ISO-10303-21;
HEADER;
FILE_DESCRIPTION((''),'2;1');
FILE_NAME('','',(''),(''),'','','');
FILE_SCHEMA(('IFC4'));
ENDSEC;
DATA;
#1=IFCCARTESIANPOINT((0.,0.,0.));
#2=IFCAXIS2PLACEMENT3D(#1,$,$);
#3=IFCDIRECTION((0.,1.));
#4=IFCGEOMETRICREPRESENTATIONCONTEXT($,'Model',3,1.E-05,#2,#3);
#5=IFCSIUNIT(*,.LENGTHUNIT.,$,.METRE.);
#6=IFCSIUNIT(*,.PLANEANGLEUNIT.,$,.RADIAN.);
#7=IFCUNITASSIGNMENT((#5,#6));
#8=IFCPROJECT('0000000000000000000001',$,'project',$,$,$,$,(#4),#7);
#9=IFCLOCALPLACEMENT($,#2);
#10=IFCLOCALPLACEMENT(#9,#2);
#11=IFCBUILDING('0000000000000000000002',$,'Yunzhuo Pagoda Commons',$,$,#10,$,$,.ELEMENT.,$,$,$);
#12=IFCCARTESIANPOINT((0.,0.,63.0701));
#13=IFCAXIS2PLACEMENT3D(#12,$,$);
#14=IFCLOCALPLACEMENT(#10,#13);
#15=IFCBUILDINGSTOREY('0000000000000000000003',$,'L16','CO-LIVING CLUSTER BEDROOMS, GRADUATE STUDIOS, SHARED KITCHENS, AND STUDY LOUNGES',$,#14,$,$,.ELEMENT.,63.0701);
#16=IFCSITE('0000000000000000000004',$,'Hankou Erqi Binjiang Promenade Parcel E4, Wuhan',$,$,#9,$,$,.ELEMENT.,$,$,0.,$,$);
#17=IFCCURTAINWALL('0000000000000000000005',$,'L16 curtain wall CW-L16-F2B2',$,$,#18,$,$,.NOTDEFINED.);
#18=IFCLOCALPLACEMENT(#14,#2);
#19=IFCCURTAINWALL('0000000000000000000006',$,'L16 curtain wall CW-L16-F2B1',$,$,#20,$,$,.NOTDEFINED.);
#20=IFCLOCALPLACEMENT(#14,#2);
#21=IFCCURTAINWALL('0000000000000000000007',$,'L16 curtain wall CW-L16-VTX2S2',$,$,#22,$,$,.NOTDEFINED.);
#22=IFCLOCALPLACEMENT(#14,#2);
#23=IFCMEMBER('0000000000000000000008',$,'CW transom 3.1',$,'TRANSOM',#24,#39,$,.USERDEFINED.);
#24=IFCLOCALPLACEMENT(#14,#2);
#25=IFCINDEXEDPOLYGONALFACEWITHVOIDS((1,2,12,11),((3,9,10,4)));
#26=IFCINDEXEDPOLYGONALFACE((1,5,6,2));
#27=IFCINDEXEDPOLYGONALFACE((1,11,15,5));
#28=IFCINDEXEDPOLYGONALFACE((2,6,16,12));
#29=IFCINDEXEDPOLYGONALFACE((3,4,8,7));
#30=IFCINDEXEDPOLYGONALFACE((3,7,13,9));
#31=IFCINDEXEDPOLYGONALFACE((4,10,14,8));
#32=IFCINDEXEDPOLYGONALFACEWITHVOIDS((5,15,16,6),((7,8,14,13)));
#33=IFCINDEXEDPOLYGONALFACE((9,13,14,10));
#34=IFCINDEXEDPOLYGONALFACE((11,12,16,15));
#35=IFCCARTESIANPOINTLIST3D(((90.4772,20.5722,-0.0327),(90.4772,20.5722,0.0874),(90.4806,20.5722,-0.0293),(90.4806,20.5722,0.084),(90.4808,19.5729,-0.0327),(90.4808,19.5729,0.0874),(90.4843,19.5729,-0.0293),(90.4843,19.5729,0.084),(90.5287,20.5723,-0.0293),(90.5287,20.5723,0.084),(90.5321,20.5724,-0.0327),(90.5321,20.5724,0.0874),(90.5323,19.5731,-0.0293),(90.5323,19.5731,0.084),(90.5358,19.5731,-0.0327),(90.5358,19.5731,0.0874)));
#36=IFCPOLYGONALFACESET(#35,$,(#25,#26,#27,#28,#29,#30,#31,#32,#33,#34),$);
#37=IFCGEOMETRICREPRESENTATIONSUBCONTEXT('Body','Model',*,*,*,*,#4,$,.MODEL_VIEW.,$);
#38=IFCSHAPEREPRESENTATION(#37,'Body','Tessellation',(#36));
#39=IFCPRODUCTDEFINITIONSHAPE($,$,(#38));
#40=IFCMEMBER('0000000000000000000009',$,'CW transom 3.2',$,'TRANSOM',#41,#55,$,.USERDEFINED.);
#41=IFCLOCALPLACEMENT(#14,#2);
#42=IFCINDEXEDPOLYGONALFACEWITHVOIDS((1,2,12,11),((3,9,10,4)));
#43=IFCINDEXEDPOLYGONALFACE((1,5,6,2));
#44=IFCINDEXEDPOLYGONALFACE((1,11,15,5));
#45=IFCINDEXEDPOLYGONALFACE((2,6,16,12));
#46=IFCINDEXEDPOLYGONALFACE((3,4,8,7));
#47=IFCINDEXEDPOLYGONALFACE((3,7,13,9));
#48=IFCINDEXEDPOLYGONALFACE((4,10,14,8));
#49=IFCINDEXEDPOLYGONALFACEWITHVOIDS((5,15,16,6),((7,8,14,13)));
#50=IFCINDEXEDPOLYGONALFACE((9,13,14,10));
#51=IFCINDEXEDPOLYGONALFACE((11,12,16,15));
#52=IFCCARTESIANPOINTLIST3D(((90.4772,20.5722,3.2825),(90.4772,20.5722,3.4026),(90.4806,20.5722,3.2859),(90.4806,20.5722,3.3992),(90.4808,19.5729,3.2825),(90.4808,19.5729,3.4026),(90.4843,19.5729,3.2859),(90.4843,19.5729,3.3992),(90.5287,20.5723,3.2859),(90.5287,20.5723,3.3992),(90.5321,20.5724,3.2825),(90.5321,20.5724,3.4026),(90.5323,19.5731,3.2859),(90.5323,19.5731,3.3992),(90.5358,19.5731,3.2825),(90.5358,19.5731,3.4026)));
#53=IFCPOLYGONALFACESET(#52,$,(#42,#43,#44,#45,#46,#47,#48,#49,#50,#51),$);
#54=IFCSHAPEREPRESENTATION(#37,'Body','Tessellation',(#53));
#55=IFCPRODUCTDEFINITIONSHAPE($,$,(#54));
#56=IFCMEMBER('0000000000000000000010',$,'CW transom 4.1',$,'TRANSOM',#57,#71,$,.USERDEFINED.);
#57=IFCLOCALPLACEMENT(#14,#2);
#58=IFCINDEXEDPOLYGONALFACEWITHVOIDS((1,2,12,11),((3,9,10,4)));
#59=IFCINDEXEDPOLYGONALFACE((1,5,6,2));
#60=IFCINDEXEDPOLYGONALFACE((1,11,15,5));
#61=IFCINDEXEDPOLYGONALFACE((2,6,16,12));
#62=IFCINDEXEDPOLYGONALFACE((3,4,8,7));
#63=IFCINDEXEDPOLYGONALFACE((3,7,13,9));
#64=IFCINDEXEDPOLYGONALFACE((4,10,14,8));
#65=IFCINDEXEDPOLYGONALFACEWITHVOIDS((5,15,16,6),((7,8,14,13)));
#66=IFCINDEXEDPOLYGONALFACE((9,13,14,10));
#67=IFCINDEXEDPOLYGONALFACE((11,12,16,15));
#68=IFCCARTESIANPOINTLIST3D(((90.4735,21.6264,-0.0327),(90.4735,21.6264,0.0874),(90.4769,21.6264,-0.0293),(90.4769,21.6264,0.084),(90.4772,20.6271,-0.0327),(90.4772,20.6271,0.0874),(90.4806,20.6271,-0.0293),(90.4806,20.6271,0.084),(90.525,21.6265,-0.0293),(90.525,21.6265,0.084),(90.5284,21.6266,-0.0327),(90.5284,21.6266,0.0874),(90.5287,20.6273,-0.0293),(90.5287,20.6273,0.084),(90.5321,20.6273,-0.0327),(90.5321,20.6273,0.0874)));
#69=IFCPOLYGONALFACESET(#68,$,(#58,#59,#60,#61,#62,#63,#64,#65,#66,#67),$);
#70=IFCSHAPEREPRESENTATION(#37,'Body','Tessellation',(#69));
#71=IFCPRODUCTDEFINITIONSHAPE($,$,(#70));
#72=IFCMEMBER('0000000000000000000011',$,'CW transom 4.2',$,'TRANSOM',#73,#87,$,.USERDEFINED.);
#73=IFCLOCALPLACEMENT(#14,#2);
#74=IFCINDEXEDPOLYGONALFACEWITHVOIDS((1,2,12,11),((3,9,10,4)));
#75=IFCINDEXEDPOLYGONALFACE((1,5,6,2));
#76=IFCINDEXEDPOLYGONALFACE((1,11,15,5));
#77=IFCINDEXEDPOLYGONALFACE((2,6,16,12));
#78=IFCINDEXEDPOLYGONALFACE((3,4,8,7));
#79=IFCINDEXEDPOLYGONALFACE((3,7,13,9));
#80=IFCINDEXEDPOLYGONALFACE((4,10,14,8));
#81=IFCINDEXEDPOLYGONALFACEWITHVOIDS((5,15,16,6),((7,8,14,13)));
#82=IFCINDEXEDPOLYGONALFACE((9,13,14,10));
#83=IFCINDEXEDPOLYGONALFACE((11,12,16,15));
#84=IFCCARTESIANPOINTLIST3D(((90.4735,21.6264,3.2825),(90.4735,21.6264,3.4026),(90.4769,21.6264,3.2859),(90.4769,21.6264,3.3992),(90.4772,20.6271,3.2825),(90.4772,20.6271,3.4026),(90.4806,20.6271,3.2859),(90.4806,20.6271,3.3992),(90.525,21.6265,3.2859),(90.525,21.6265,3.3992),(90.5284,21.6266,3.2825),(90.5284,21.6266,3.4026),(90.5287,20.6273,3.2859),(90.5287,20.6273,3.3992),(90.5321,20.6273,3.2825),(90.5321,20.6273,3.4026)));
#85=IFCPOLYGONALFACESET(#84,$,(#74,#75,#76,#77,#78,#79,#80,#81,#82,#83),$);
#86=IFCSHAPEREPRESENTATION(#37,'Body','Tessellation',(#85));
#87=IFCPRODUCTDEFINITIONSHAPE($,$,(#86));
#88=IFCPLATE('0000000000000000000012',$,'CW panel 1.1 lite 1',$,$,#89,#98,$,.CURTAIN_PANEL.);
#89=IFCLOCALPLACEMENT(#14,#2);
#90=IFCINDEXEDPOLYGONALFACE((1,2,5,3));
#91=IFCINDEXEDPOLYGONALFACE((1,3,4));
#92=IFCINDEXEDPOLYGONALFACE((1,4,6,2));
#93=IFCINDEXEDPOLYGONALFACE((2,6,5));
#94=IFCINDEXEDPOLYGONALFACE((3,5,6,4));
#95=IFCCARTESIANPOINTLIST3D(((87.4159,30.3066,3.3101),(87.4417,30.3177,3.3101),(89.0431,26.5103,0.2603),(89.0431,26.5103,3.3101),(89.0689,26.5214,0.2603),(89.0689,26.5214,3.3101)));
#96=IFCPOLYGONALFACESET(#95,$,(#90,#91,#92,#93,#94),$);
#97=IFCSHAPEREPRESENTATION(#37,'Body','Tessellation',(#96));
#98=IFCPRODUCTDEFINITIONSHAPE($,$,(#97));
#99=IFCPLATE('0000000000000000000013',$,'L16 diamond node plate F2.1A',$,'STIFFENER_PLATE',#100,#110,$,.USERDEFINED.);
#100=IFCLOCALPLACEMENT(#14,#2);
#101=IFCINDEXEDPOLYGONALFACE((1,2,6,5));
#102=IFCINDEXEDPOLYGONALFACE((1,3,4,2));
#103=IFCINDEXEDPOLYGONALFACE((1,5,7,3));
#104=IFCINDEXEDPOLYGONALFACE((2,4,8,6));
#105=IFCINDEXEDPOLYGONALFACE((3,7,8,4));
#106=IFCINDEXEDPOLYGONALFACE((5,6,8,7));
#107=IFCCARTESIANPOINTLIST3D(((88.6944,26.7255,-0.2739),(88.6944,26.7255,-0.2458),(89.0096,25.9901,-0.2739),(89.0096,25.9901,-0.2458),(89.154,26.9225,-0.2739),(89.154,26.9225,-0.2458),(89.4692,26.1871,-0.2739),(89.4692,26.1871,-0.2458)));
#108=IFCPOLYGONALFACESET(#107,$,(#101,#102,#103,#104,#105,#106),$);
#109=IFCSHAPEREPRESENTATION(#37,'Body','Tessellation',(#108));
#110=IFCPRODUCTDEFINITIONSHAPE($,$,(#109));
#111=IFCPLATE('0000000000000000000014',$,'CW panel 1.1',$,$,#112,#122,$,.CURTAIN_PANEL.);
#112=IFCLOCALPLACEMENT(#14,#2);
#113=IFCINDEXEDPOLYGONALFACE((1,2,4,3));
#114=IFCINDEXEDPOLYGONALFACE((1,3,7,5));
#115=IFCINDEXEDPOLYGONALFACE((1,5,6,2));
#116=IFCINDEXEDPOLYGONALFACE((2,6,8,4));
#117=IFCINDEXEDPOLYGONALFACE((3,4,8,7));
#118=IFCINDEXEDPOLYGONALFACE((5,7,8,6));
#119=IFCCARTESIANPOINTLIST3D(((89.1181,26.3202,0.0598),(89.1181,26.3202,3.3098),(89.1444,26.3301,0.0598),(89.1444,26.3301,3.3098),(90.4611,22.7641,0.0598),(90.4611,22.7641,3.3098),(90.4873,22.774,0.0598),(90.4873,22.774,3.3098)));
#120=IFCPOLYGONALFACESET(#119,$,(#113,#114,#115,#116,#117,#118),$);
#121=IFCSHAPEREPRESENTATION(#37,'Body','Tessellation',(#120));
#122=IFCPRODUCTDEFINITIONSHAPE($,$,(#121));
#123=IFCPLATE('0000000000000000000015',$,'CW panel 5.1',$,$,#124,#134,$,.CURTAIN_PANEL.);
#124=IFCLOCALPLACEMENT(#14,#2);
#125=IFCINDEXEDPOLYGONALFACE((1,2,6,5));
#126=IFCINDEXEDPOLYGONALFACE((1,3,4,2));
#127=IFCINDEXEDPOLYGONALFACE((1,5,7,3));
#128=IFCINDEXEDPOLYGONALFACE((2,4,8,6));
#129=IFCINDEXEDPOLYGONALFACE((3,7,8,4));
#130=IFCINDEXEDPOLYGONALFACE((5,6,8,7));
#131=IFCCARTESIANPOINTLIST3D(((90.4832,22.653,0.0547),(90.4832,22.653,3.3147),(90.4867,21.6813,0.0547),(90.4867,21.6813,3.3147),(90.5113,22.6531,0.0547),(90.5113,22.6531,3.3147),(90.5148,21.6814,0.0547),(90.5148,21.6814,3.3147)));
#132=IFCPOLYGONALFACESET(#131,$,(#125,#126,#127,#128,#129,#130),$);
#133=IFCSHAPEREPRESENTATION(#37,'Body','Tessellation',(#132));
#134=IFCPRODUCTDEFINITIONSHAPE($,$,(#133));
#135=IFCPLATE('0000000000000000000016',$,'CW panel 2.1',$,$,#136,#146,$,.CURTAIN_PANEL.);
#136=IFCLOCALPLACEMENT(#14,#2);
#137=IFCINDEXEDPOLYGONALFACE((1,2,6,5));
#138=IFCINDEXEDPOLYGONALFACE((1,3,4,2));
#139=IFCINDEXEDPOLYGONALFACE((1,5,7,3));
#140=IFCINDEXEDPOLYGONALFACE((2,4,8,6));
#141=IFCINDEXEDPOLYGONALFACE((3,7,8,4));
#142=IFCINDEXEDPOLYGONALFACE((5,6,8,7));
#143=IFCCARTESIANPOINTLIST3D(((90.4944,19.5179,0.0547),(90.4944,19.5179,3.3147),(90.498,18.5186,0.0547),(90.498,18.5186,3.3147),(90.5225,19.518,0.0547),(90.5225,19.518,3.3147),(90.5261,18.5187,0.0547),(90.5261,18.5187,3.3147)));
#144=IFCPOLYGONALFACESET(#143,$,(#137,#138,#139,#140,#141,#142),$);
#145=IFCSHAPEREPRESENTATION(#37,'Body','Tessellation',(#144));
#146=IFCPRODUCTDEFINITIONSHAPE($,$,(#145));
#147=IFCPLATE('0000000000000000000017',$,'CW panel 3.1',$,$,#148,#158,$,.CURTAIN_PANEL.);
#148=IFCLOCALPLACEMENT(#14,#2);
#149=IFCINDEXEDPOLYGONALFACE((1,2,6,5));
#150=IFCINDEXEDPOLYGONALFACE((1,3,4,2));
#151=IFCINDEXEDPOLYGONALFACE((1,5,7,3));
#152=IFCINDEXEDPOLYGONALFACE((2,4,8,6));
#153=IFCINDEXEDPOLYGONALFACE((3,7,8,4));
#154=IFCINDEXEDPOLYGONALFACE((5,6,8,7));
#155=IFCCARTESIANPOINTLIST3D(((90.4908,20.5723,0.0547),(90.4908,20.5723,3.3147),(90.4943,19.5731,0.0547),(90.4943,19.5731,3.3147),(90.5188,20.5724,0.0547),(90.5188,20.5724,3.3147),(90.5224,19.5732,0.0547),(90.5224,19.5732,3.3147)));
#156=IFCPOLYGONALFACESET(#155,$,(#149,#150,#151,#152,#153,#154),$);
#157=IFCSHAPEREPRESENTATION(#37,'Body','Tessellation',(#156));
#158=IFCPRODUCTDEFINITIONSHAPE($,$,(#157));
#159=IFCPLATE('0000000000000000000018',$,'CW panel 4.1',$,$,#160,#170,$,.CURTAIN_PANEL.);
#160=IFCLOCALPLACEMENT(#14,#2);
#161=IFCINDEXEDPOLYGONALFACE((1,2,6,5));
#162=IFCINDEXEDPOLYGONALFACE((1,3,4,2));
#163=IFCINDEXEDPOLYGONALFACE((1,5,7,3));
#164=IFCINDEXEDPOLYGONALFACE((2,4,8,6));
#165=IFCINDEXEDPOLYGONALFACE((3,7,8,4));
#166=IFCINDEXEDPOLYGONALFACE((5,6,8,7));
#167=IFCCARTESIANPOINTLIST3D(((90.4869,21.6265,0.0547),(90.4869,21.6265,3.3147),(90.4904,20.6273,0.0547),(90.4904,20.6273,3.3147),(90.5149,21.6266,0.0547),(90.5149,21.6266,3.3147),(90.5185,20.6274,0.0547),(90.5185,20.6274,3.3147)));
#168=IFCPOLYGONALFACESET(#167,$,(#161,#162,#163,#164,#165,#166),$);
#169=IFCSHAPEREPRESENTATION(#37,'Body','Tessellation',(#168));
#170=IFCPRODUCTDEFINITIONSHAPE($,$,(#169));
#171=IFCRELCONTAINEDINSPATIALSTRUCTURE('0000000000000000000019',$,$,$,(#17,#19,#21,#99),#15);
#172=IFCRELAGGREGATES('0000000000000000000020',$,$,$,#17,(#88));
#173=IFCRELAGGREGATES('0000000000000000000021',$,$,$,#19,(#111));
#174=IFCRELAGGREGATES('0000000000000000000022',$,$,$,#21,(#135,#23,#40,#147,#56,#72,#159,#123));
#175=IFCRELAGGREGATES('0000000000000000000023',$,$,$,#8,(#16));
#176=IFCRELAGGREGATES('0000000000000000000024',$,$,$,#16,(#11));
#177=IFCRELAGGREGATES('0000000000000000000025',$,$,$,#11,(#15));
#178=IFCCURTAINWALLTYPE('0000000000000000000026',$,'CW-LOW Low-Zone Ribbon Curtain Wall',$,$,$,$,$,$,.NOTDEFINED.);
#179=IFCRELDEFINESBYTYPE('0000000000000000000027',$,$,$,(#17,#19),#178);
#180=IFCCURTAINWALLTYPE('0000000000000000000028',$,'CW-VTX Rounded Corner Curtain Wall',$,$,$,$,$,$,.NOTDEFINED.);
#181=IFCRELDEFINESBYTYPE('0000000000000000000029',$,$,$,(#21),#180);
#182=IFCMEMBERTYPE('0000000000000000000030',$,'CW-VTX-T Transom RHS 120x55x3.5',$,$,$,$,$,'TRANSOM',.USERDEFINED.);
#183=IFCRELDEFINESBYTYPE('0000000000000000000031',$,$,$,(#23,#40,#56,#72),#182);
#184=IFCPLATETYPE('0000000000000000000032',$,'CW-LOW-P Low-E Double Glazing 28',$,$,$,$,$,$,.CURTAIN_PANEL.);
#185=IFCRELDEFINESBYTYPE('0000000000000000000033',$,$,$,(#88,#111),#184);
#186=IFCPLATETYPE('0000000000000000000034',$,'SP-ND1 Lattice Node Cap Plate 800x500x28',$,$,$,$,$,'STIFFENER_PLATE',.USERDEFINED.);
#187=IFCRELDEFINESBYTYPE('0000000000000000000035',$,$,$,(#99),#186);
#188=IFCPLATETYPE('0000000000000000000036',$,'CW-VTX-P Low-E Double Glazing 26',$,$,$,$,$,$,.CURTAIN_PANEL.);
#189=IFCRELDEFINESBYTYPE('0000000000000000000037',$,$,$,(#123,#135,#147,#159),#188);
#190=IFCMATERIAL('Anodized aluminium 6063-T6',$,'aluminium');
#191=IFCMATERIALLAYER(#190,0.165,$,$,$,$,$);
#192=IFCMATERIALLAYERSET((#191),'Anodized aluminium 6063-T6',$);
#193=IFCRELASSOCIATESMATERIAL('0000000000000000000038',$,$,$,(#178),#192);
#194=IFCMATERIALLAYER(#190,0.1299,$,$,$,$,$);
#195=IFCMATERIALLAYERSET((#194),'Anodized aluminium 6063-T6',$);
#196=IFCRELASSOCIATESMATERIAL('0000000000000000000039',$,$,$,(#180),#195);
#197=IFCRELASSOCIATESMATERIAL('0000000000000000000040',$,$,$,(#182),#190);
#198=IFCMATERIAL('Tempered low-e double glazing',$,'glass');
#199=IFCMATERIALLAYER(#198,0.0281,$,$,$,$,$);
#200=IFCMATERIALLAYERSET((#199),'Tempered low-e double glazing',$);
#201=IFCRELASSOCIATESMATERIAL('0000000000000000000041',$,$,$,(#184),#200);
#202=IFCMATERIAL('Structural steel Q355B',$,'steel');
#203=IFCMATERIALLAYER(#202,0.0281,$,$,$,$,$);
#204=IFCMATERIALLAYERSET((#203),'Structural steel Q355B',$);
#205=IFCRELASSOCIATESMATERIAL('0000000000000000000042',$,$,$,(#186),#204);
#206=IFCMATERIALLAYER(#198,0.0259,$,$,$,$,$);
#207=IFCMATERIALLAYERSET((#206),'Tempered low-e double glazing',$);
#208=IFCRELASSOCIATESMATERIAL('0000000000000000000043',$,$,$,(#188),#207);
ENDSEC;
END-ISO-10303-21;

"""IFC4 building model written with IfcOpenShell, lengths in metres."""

from ifc_helpers import new_model, si_unit, direction, frame, origin, origin_2d, place, context, subcontext, project, spatial, polyline, rectangle, hollow_rectangle, outline, extrude, source, transform, mapped, material, layer, layer_set, material_profile, profile_set, type_object, element, aggregate, save


model = new_model("IFC4")

# Units and contexts
model_context = context("Model", 3, precision=1e-05, world=origin(), true_north=direction((0.0, 1.0)))
body_context = subcontext(model_context, "Body", "Model", "MODEL_VIEW")
ifc_project = project(units=[si_unit("LENGTHUNIT", "METRE"), si_unit("PLANEANGLEUNIT", "RADIAN")], contexts=[model_context])

# Site, building, storey
site_placement = place(None, origin())
site = spatial("IfcSite", under=ifc_project, at=site_placement, Name="Hankou Erqi Binjiang Promenade Parcel E4, Wuhan", CompositionType="ELEMENT", RefElevation=0.0)
building_placement = place(site_placement, origin())
building = spatial("IfcBuilding", under=site, at=building_placement, Name="Yunzhuo Pagoda Commons", CompositionType="ELEMENT")
storey_placement = place(building_placement, frame((0.0, 0.0, 63.0701)))
storey = spatial("IfcBuildingStorey", under=building, at=storey_placement, Name="L16", Description="CO-LIVING CLUSTER BEDROOMS, GRADUATE STUDIOS, SHARED KITCHENS, AND STUDY LOUNGES", CompositionType="ELEMENT", Elevation=63.0701)

# Shared definitions
ifc_material_1 = material(Name="Structural steel Q355B", Category="steel")

# Curtain wall
ifc_material_2 = material(Name="Anodized aluminium 6063-T6", Category="aluminium")
ifc_layer_1 = layer(ifc_material_2, 0.165)
ifc_layer_set_1 = layer_set([ifc_layer_1], Name="Anodized aluminium 6063-T6")
curtain_wall_type_1 = type_object("IfcCurtainWallType", Name="CW-LOW Low-Zone Ribbon Curtain Wall", PredefinedType="NOTDEFINED", material=ifc_layer_set_1)
curtain_wall_1_placement = place(storey_placement, origin())
curtain_wall_1 = element("IfcCurtainWall", 1, at=curtain_wall_1_placement, inside=storey, type_object=curtain_wall_type_1, Name="L16 curtain wall CW-L16-F2B2", PredefinedType="NOTDEFINED")

# Curtain walls
curtain_wall_2_placement = place(storey_placement, origin())
curtain_wall_2 = element("IfcCurtainWall", 2, at=curtain_wall_2_placement, inside=storey, type_object=curtain_wall_type_1, Name="L16 curtain wall CW-L16-F2B1", PredefinedType="NOTDEFINED")
ifc_layer_2 = layer(ifc_material_2, 0.1299)
ifc_layer_set_2 = layer_set([ifc_layer_2], Name="Anodized aluminium 6063-T6")
curtain_wall_type_2 = type_object("IfcCurtainWallType", Name="CW-VTX Rounded Corner Curtain Wall", PredefinedType="NOTDEFINED", material=ifc_layer_set_2)
curtain_wall_3_placement = place(storey_placement, origin())
curtain_wall_3 = element("IfcCurtainWall", 3, at=curtain_wall_3_placement, inside=storey, type_object=curtain_wall_type_2, Name="L16 curtain wall CW-L16-VTX2S2", PredefinedType="NOTDEFINED")

# Members
ifc_material_profile_1 = material_profile(ifc_material_2, hollow_rectangle(XDim=0.0549, YDim=0.1201, WallThickness=0.0034, at=origin_2d()), Name="Anodized aluminium 6063-T6")
ifc_profile_set_1 = profile_set([ifc_material_profile_1], Name="Anodized aluminium 6063-T6")
member_type_1 = type_object("IfcMemberType", Name="CW-VTX-T Transom RHS 120x55x3.5", ElementType="TRANSOM", PredefinedType="USERDEFINED", material=ifc_profile_set_1)
shared_shape_1 = source(origin(), body_context, "Body", "SweptSolid", [
    extrude(hollow_rectangle(XDim=0.0549, YDim=0.1201, WallThickness=0.0034, at=origin_2d()), origin(), (0.0, 0.0, 1.0), 0.9993),
])
member_1_placement = place(storey_placement, frame((90.5083, 19.573, 0.0273), z_axis=(-0.003665, 0.999993, 0.0), x_axis=(-0.999993, -0.003665, 0.0)))
member_1 = element("IfcMember", 4, at=member_1_placement, type_object=member_type_1, Name="CW transom 3.1", ObjectType="TRANSOM", PredefinedType="USERDEFINED", context=body_context, shape_type="MappedRepresentation", body=[
    mapped(shared_shape_1, transform((0.0, 0.0, 0.0), scale=1.0)),
])
member_2_placement = place(storey_placement, frame((90.5083, 19.573, 3.3425), z_axis=(-0.003665, 0.999993, 0.0), x_axis=(-0.999993, -0.003665, 0.0)))
member_2 = element("IfcMember", 5, at=member_2_placement, type_object=member_type_1, Name="CW transom 3.2", ObjectType="TRANSOM", PredefinedType="USERDEFINED", context=body_context, shape_type="MappedRepresentation", body=[
    mapped(shared_shape_1, transform((0.0, 0.0, 0.0), scale=1.0)),
])
member_3_placement = place(storey_placement, frame((90.5046, 20.6272, 0.0273), z_axis=(-0.003665, 0.999993, 0.0), x_axis=(-0.999993, -0.003665, 0.0)))
member_3 = element("IfcMember", 6, at=member_3_placement, type_object=member_type_1, Name="CW transom 4.1", ObjectType="TRANSOM", PredefinedType="USERDEFINED", context=body_context, shape_type="MappedRepresentation", body=[
    mapped(shared_shape_1, transform((0.0, 0.0, 0.0), scale=1.0)),
])
member_4_placement = place(storey_placement, frame((90.5046, 20.6272, 3.3425), z_axis=(-0.003665, 0.999993, 0.0), x_axis=(-0.999993, -0.003665, 0.0)))
member_4 = element("IfcMember", 7, at=member_4_placement, type_object=member_type_1, Name="CW transom 4.2", ObjectType="TRANSOM", PredefinedType="USERDEFINED", context=body_context, shape_type="MappedRepresentation", body=[
    mapped(shared_shape_1, transform((0.0, 0.0, 0.0), scale=1.0)),
])

# Plates
ifc_material_3 = material(Name="Tempered low-e double glazing", Category="glass")
ifc_layer_3 = layer(ifc_material_3, 0.0281)
ifc_layer_set_3 = layer_set([ifc_layer_3], Name="Tempered low-e double glazing")
plate_type_1 = type_object("IfcPlateType", Name="CW-LOW-P Low-E Double Glazing 28", PredefinedType="CURTAIN_PANEL", material=ifc_layer_set_3)
plate_1_placement = place(storey_placement, frame((88.2295, 28.4084, 1.7852), z_axis=(0.919121, 0.393975, 0.0), x_axis=(-0.393975, 0.919121, 0.0)))
plate_1 = element("IfcPlate", 8, at=plate_1_placement, type_object=plate_type_1, Name="CW panel 1.1 lite 1", PredefinedType="CURTAIN_PANEL", context=body_context, shape_type="SweptSolid", body=[
    extrude(outline(polyline([(-2.0652, -1.5249), (2.0652, 1.5249), (-2.0652, 1.5249), (-2.0652, -1.5249)])), origin(), (0.0, 0.0, 1.0), 0.0281),
])
aggregate(curtain_wall_1, [plate_1])
ifc_layer_4 = layer(ifc_material_1, 0.0281)
ifc_layer_set_4 = layer_set([ifc_layer_4], Name="Structural steel Q355B")
plate_type_2 = type_object("IfcPlateType", Name="SP-ND1 Lattice Node Cap Plate 800x500x28", ElementType="STIFFENER_PLATE", PredefinedType="USERDEFINED", material=ifc_layer_set_4)
shared_shape_2 = source(origin(), body_context, "Body", "SweptSolid", [
    extrude(rectangle(XDim=0.8, YDim=0.5, at=origin_2d()), origin(), (0.0, 0.0, 1.0), 0.0281),
])
plate_2_placement = place(storey_placement, frame((89.0818, 26.4563, -0.2739), z_axis=(0.0, 0.0, 1.0), x_axis=(-0.393974, 0.919122, 0.0)))
element("IfcPlate", 9, at=plate_2_placement, inside=storey, type_object=plate_type_2, Name="L16 diamond node plate F2.1A", ObjectType="STIFFENER_PLATE", PredefinedType="USERDEFINED", context=body_context, shape_type="MappedRepresentation", body=[
    mapped(shared_shape_2, transform((0.0, 0.0, 0.0), scale=1.0)),
])
shared_shape_3 = source(origin(), body_context, "Body", "SweptSolid", [
    extrude(rectangle(XDim=3.8013, YDim=0.0281, at=origin_2d()), origin(), (0.0, 0.0, 1.0), 3.25),
])
plate_3_placement = place(storey_placement, frame((89.8027, 24.5471, 0.0598), z_axis=(0.0, 0.0, 1.0), x_axis=(-0.353291, 0.935513, 0.0)))
plate_3 = element("IfcPlate", 10, at=plate_3_placement, type_object=plate_type_1, Name="CW panel 1.1", PredefinedType="CURTAIN_PANEL", context=body_context, shape_type="MappedRepresentation", body=[
    mapped(shared_shape_3, transform((0.0, 0.0, 0.0), scale=1.0)),
])
aggregate(curtain_wall_2, [plate_3])
ifc_layer_5 = layer(ifc_material_3, 0.0259)
ifc_layer_set_5 = layer_set([ifc_layer_5], Name="Tempered low-e double glazing")
plate_type_3 = type_object("IfcPlateType", Name="CW-VTX-P Low-E Double Glazing 26", PredefinedType="CURTAIN_PANEL", material=ifc_layer_set_5)
shared_shape_4 = source(origin(), body_context, "Body", "SweptSolid", [
    extrude(rectangle(XDim=0.9717, YDim=0.0281, at=origin_2d()), origin(), (0.0, 0.0, 1.0), 3.26),
])
plate_4_placement = place(storey_placement, frame((90.499, 22.1672, 0.0547), z_axis=(0.0, 0.0, 1.0), x_axis=(-0.003586, 0.999994, 0.0)))
plate_4 = element("IfcPlate", 11, at=plate_4_placement, type_object=plate_type_3, Name="CW panel 5.1", PredefinedType="CURTAIN_PANEL", context=body_context, shape_type="MappedRepresentation", body=[
    mapped(shared_shape_4, transform((0.0, 0.0, 0.0), scale=1.0)),
])
shared_shape_5 = source(origin(), body_context, "Body", "SweptSolid", [
    extrude(rectangle(XDim=0.9993, YDim=0.0281, at=origin_2d()), origin(), (0.0, 0.0, 1.0), 3.26),
])
plate_5_placement = place(storey_placement, frame((90.5103, 19.0183, 0.0547), z_axis=(0.0, 0.0, 1.0), x_axis=(-0.003586, 0.999994, 0.0)))
plate_5 = element("IfcPlate", 12, at=plate_5_placement, type_object=plate_type_3, Name="CW panel 2.1", PredefinedType="CURTAIN_PANEL", context=body_context, shape_type="MappedRepresentation", body=[
    mapped(shared_shape_5, transform((0.0, 0.0, 0.0), scale=1.0)),
])
plate_6_placement = place(storey_placement, frame((90.5066, 20.0728, 0.0547), z_axis=(0.0, 0.0, 1.0), x_axis=(-0.003586, 0.999994, 0.0)))
plate_6 = element("IfcPlate", 13, at=plate_6_placement, type_object=plate_type_3, Name="CW panel 3.1", PredefinedType="CURTAIN_PANEL", context=body_context, shape_type="MappedRepresentation", body=[
    mapped(shared_shape_5, transform((0.0, 0.0, 0.0), scale=1.0)),
])
plate_7_placement = place(storey_placement, frame((90.5027, 21.127, 0.0547), z_axis=(0.0, 0.0, 1.0), x_axis=(-0.003586, 0.999994, 0.0)))
plate_7 = element("IfcPlate", 14, at=plate_7_placement, type_object=plate_type_3, Name="CW panel 4.1", PredefinedType="CURTAIN_PANEL", context=body_context, shape_type="MappedRepresentation", body=[
    mapped(shared_shape_5, transform((0.0, 0.0, 0.0), scale=1.0)),
])
aggregate(curtain_wall_3, [plate_5, member_1, member_2, plate_6, member_3, member_4, plate_7, plate_4])

save(model, "model.ifc")
